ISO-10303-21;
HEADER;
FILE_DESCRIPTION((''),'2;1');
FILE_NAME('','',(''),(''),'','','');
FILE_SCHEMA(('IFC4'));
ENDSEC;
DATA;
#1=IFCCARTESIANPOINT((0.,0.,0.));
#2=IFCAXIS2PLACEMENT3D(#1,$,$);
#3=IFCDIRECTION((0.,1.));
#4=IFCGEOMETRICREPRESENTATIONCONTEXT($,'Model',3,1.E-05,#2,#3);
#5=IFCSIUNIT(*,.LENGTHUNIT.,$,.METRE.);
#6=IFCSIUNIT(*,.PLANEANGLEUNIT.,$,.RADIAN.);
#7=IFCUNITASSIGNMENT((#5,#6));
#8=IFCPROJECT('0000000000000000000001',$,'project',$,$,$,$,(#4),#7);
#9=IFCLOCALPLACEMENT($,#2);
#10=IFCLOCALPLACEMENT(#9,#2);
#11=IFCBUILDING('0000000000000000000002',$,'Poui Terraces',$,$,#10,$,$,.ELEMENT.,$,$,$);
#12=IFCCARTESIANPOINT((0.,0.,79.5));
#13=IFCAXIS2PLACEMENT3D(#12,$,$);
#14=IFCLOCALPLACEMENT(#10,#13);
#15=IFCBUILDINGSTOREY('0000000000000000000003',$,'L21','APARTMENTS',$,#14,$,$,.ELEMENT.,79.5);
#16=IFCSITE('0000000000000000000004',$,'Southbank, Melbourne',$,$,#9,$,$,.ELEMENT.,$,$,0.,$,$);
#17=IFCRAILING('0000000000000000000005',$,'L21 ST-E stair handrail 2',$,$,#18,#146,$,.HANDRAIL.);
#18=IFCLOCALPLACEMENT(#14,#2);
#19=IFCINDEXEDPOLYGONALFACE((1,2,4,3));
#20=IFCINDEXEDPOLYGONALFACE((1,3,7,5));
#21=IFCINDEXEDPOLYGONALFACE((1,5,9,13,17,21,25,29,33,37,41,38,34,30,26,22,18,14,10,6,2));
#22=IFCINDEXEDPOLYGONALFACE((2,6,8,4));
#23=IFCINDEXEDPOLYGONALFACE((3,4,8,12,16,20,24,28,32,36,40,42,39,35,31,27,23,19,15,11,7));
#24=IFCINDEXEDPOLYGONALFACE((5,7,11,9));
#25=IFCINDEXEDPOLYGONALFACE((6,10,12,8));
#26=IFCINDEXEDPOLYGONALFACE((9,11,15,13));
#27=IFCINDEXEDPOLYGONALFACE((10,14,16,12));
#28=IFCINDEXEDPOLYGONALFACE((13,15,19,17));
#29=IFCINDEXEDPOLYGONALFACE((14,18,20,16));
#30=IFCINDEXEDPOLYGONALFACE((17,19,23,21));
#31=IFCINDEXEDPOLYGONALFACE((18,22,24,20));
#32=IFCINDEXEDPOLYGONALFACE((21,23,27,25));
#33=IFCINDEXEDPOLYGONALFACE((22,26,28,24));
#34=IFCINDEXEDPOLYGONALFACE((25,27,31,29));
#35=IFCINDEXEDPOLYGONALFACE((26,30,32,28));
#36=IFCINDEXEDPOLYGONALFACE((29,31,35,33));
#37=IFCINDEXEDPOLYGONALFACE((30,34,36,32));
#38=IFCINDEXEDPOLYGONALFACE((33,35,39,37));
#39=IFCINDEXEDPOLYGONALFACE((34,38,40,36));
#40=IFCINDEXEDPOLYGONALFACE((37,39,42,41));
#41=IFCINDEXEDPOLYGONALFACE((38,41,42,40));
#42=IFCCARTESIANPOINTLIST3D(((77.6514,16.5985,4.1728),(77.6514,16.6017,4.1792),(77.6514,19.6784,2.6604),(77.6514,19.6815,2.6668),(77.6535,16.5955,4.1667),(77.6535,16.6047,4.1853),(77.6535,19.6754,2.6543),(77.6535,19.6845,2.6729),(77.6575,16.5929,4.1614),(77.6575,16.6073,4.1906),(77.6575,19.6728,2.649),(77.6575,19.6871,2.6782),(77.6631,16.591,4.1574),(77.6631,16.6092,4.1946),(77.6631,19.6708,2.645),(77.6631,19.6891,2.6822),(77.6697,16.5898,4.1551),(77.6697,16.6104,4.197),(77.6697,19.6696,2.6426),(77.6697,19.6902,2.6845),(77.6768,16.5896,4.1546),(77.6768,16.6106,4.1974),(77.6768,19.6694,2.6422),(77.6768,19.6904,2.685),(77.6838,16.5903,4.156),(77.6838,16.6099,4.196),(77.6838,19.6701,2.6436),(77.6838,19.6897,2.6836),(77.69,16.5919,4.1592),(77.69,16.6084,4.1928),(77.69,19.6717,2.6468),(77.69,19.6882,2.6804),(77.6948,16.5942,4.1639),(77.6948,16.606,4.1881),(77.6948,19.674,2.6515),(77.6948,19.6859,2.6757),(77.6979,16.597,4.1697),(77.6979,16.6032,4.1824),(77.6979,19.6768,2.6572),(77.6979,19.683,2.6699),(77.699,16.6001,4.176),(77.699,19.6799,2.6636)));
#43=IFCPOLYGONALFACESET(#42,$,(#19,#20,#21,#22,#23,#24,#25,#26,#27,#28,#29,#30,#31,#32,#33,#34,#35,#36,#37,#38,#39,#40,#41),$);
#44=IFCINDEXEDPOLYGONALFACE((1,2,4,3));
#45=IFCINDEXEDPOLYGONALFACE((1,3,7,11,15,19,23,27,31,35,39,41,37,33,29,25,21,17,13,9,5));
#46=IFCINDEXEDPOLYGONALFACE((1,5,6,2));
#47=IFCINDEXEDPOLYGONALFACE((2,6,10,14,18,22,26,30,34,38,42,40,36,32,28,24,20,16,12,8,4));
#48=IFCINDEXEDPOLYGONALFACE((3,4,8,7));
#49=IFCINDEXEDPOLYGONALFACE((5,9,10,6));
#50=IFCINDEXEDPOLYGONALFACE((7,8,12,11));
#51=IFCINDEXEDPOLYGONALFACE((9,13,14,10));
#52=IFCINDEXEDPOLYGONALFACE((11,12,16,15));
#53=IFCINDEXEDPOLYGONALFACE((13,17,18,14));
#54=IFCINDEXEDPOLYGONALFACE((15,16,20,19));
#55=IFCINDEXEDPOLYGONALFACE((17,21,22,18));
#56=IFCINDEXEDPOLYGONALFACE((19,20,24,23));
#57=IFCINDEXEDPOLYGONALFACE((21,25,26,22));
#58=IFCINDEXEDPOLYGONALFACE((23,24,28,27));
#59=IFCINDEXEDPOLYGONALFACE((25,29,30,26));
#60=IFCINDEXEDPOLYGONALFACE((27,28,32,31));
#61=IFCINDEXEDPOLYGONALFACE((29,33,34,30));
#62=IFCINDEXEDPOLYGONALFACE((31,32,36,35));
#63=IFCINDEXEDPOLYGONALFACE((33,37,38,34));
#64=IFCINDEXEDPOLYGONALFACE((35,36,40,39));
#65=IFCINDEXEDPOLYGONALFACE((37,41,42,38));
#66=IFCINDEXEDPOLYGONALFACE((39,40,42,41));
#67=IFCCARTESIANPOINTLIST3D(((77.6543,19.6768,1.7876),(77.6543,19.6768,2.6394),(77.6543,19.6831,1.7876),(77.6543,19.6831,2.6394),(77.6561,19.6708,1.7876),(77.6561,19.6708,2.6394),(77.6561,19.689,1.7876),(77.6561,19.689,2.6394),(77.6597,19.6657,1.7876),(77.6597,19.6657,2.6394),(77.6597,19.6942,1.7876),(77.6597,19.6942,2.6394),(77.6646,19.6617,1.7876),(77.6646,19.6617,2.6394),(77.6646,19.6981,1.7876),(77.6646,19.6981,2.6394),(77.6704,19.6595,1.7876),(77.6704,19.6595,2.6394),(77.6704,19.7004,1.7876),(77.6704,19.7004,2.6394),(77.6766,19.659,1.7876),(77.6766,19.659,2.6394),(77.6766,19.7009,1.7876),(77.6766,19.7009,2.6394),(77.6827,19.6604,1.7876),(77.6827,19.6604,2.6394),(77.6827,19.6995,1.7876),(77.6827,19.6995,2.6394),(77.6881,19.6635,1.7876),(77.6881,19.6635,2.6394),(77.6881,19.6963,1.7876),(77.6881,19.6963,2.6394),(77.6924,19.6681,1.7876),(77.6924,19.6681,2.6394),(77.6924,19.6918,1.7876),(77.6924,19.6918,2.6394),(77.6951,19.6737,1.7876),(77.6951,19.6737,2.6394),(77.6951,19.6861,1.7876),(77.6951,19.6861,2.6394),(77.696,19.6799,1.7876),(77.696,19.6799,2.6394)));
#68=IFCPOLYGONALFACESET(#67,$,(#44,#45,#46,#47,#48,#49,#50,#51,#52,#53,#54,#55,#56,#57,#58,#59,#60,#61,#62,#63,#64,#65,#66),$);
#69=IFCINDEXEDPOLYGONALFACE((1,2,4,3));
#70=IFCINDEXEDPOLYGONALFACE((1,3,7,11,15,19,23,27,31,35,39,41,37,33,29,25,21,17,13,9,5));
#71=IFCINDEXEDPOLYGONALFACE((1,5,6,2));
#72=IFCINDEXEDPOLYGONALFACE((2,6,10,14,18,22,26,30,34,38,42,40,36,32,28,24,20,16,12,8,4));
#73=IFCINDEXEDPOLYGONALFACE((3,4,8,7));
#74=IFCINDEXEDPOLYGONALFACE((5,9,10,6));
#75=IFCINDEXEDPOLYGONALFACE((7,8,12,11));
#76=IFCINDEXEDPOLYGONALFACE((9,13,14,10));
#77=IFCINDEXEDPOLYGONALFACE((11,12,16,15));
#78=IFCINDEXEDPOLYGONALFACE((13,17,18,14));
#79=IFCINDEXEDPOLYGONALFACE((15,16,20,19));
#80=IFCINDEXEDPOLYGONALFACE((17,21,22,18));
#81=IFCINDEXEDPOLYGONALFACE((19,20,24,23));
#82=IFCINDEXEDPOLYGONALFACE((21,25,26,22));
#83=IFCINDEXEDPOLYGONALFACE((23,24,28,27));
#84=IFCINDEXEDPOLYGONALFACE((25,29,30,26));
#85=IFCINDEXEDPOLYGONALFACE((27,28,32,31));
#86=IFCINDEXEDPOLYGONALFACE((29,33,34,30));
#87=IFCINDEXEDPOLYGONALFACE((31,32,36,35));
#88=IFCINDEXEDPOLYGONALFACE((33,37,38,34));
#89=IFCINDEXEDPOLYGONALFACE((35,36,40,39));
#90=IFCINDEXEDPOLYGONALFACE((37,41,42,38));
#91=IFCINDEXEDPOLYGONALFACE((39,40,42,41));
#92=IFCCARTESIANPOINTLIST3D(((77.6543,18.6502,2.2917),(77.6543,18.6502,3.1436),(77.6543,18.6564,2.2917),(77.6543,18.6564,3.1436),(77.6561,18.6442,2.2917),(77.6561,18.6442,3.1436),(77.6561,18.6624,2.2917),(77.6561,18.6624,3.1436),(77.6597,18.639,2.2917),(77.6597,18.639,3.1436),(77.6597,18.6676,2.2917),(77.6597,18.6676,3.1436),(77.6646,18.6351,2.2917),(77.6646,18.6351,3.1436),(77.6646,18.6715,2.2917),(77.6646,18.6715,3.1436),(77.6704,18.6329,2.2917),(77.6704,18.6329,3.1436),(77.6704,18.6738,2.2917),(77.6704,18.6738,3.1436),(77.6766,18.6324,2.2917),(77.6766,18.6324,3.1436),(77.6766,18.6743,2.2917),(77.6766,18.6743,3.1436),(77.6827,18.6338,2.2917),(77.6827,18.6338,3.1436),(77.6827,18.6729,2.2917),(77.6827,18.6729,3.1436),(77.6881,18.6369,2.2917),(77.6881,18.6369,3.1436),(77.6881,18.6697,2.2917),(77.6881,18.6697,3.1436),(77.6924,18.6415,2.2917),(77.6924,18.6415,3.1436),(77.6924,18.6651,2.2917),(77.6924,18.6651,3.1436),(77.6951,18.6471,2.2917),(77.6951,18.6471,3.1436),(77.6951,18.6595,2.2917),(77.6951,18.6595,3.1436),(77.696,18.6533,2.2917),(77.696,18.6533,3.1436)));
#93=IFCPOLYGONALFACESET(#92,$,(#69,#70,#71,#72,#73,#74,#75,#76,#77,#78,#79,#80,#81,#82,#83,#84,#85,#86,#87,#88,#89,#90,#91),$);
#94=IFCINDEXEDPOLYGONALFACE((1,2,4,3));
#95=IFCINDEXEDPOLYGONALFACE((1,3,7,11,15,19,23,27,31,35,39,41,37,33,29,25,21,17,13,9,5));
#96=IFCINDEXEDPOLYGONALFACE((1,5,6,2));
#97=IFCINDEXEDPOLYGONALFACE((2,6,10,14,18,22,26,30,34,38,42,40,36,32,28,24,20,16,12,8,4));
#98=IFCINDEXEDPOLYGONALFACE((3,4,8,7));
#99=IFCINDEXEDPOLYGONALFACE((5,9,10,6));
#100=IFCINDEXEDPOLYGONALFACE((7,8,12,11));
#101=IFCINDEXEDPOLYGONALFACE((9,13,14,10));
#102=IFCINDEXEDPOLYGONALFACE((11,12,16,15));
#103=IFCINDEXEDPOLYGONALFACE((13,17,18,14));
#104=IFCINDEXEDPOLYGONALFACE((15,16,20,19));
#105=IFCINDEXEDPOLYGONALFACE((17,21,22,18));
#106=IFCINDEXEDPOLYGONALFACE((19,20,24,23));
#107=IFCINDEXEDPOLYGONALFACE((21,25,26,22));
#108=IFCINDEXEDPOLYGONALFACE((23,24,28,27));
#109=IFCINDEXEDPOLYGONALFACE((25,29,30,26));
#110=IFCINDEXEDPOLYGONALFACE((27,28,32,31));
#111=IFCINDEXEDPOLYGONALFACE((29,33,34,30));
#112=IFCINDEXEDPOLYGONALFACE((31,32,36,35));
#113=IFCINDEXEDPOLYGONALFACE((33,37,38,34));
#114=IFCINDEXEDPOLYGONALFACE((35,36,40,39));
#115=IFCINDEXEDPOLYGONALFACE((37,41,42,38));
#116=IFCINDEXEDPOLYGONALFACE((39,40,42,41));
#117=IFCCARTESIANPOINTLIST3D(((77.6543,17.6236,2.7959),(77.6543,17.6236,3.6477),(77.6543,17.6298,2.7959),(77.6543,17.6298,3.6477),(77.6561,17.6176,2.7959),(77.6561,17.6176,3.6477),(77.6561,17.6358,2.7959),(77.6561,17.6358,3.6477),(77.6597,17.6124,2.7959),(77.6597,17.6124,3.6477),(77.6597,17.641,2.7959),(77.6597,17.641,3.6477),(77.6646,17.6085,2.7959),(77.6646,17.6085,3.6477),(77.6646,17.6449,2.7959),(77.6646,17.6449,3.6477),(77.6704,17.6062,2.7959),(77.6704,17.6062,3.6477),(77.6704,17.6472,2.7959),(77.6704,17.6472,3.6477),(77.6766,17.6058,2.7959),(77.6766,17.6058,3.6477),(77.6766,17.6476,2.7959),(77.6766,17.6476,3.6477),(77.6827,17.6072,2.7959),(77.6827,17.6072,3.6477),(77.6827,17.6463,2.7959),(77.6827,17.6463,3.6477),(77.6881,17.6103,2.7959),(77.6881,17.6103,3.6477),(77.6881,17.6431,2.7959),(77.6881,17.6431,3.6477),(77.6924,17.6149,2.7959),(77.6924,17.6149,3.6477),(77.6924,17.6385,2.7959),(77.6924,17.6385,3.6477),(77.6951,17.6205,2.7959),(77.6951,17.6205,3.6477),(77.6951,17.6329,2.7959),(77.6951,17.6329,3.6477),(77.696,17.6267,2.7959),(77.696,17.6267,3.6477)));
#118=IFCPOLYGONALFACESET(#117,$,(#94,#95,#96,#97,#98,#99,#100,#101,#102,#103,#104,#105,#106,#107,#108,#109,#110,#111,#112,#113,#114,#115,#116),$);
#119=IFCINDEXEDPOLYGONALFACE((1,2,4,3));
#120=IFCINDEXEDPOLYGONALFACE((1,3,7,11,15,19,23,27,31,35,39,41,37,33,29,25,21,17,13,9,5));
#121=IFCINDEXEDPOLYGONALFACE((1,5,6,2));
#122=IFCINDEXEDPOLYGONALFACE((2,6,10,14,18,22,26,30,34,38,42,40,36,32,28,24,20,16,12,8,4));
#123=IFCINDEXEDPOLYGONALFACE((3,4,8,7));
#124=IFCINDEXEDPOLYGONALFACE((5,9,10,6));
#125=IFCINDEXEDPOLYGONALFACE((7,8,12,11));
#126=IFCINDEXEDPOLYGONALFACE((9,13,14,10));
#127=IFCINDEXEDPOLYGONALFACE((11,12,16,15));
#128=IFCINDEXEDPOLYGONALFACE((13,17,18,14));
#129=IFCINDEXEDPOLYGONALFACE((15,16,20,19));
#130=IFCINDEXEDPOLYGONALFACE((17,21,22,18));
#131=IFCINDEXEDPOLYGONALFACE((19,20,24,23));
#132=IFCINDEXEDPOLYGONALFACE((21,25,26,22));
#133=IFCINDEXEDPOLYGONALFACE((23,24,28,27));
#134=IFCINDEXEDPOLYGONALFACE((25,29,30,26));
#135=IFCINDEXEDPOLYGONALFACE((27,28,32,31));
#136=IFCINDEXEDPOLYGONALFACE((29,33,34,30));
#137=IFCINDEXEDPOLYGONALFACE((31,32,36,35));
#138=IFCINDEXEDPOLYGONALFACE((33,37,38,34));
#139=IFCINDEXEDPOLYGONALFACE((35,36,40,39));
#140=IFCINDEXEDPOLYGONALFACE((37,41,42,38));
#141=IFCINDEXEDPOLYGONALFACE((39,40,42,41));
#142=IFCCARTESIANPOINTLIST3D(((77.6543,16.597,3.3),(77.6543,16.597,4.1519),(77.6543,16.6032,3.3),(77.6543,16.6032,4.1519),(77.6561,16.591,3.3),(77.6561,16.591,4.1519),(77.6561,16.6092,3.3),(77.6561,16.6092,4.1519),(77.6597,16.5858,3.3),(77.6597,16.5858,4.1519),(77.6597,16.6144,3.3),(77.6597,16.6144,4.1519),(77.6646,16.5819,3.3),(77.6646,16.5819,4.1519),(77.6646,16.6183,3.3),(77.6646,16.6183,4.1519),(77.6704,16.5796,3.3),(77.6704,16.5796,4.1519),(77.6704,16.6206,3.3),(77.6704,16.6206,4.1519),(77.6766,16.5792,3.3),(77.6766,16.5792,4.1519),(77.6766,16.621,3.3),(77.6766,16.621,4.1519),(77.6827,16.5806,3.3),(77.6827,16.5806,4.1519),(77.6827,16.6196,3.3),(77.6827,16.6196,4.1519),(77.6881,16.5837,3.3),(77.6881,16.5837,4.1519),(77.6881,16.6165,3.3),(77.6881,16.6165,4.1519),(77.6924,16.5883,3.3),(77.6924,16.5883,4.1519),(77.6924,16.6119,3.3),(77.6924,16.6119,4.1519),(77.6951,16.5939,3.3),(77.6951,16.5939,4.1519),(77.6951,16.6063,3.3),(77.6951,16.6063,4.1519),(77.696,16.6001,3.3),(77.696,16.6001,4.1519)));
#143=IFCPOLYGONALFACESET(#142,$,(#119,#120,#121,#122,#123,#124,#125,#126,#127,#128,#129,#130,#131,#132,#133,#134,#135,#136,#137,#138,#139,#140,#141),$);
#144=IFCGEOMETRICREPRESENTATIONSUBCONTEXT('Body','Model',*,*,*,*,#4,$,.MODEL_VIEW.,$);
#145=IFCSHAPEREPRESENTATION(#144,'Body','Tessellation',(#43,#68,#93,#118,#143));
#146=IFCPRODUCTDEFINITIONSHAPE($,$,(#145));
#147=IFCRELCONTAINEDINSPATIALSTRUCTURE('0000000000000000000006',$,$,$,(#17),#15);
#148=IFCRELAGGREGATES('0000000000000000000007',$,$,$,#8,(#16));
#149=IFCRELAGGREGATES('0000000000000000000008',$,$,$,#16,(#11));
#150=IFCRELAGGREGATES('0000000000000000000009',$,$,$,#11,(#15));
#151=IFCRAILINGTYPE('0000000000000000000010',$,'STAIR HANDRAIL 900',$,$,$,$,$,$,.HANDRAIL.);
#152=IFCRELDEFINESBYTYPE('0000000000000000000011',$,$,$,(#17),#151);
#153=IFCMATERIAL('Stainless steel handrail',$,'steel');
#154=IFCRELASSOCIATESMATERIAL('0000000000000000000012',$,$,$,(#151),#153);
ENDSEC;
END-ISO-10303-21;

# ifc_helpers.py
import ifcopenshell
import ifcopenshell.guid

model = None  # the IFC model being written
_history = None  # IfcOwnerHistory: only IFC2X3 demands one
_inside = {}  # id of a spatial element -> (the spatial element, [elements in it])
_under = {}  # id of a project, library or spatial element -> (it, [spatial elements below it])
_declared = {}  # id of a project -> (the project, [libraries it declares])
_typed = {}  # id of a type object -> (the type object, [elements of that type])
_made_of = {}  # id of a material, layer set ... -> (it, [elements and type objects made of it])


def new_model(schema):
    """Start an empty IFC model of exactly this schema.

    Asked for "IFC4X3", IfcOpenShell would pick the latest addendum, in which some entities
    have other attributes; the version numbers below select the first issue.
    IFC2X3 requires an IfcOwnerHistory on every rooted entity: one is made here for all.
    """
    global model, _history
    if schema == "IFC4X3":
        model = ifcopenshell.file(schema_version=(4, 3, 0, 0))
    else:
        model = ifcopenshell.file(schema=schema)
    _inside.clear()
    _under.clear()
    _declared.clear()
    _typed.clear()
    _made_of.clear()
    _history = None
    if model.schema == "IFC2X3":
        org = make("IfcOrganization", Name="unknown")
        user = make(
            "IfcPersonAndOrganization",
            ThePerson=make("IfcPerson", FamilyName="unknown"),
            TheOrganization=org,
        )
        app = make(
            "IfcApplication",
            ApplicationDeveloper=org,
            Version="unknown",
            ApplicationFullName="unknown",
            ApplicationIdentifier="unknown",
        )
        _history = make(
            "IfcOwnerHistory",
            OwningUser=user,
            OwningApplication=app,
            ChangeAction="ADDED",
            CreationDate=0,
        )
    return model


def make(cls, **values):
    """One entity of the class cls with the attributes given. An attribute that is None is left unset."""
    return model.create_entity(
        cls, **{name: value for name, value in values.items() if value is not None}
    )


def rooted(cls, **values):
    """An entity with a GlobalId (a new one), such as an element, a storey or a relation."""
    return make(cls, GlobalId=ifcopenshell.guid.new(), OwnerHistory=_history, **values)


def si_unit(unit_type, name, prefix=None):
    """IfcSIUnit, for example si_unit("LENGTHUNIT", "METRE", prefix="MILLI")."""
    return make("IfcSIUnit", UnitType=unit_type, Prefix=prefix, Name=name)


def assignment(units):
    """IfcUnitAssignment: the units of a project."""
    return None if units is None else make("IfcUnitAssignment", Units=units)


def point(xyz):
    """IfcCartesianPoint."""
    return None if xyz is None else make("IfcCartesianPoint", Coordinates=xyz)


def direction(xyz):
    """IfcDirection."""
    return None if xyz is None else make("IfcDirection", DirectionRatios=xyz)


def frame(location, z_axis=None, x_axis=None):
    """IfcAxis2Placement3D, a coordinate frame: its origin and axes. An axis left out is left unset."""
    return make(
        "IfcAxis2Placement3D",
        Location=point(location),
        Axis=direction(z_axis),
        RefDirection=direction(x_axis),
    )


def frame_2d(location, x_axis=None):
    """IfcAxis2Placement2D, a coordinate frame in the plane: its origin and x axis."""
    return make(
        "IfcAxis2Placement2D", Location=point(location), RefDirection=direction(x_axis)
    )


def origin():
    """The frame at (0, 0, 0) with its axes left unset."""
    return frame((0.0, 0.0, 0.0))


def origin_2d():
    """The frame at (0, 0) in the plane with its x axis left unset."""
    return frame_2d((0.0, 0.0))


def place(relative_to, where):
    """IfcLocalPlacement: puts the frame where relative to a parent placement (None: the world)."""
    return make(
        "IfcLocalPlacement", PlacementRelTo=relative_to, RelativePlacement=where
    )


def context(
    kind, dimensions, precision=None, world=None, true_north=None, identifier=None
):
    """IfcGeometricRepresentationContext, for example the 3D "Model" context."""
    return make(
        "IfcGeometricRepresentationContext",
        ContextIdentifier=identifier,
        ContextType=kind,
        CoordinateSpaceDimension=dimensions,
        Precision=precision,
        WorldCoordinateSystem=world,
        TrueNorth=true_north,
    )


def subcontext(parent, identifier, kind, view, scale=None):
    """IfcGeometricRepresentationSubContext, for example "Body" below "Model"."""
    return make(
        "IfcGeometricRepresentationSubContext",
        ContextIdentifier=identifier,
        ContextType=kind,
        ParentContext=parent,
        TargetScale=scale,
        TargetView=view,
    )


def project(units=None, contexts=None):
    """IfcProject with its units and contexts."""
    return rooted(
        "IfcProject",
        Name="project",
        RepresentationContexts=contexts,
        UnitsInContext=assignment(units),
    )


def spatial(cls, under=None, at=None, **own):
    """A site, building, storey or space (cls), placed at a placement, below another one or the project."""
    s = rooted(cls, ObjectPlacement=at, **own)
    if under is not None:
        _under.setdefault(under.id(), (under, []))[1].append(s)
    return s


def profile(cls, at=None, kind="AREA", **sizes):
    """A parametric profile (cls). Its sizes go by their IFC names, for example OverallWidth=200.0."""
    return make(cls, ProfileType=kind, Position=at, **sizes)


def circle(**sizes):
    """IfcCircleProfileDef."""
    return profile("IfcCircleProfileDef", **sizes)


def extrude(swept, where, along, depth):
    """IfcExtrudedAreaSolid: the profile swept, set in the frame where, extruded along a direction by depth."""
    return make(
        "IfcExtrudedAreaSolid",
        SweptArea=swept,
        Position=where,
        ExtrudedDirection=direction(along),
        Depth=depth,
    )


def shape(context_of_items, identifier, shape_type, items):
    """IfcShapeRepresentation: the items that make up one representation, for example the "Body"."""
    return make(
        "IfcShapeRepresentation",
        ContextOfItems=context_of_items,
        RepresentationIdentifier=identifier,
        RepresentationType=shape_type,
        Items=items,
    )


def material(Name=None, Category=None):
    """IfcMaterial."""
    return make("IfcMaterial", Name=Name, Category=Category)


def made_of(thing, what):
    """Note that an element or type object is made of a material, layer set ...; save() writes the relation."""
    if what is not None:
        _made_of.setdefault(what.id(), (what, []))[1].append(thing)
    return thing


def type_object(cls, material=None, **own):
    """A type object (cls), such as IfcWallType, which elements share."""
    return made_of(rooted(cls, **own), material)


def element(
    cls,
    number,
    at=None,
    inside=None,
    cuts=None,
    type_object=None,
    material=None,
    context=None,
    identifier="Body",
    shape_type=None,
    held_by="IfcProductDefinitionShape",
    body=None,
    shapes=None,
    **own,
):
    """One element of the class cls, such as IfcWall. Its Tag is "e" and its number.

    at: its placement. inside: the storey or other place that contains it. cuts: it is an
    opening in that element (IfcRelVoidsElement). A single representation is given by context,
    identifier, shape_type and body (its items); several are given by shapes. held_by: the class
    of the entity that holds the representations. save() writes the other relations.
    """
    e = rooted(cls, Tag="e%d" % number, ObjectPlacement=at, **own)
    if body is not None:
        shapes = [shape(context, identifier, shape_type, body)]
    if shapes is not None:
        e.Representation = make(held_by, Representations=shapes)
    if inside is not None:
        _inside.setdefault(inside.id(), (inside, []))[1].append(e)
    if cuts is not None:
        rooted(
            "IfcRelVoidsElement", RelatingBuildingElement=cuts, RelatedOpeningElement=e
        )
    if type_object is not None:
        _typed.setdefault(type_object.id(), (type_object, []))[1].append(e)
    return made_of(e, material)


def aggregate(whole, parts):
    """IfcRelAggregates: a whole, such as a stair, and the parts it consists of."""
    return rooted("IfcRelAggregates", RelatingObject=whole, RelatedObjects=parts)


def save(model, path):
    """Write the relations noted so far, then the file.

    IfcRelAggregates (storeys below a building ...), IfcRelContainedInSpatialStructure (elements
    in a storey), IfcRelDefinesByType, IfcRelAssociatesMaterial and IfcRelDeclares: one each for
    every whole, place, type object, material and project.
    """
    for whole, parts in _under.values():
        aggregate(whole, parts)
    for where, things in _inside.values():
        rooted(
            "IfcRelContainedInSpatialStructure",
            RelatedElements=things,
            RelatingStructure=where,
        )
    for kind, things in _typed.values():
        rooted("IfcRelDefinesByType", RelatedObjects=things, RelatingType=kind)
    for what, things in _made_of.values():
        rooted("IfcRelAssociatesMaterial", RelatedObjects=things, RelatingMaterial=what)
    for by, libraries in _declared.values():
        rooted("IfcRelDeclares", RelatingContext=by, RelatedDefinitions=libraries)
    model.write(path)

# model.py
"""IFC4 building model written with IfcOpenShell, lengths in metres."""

from ifc_helpers import new_model, si_unit, direction, frame, origin, origin_2d, place, context, subcontext, project, spatial, circle, extrude, material, type_object, element, save


model = new_model("IFC4")

# Units and contexts
model_context = context("Model", 3, precision=1e-05, world=origin(), true_north=direction((0.0, 1.0)))
body_context = subcontext(model_context, "Body", "Model", "MODEL_VIEW")
ifc_project = project(units=[si_unit("LENGTHUNIT", "METRE"), si_unit("PLANEANGLEUNIT", "RADIAN")], contexts=[model_context])

# Site, building, storey
site_placement = place(None, origin())
site = spatial("IfcSite", under=ifc_project, at=site_placement, Name="Southbank, Melbourne", CompositionType="ELEMENT", RefElevation=0.0)
building_placement = place(site_placement, origin())
building = spatial("IfcBuilding", under=site, at=building_placement, Name="Poui Terraces", CompositionType="ELEMENT")
storey_placement = place(building_placement, frame((0.0, 0.0, 79.5)))
storey = spatial("IfcBuildingStorey", under=building, at=storey_placement, Name="L21", Description="APARTMENTS", CompositionType="ELEMENT", Elevation=79.5)

# Railing
ifc_material_1 = material(Name="Stainless steel handrail", Category="steel")
railing_type_1 = type_object("IfcRailingType", Name="STAIR HANDRAIL 900", PredefinedType="HANDRAIL", material=ifc_material_1)
railing_1_placement = place(storey_placement, frame((77.675, 19.6799, 1.7876)))
element("IfcRailing", 1, at=railing_1_placement, inside=storey, type_object=railing_type_1, Name="L21 ST-E stair handrail 2", PredefinedType="HANDRAIL", context=body_context, shape_type="SweptSolid", body=[
    extrude(circle(Radius=0.0239, at=origin_2d()), frame((0.0, 0.0, 0.876), z_axis=(0.0, -0.897606, 0.440798), x_axis=(1.0, 0.0, 0.0)), (0.0, 0.0, 1.0), 3.4312),
    extrude(circle(Radius=0.021, at=origin_2d()), origin(), (0.0, 0.0, 1.0), 0.8518),
    extrude(circle(Radius=0.021, at=origin_2d()), frame((0.0, -1.0266, 0.5042)), (0.0, 0.0, 1.0), 0.8518),
    extrude(circle(Radius=0.021, at=origin_2d()), frame((0.0, -2.0532, 1.0083)), (0.0, 0.0, 1.0), 0.8518),
    extrude(circle(Radius=0.021, at=origin_2d()), frame((0.0, -3.0798, 1.5125)), (0.0, 0.0, 1.0), 0.8518),
])

save(model, "model.ifc")
